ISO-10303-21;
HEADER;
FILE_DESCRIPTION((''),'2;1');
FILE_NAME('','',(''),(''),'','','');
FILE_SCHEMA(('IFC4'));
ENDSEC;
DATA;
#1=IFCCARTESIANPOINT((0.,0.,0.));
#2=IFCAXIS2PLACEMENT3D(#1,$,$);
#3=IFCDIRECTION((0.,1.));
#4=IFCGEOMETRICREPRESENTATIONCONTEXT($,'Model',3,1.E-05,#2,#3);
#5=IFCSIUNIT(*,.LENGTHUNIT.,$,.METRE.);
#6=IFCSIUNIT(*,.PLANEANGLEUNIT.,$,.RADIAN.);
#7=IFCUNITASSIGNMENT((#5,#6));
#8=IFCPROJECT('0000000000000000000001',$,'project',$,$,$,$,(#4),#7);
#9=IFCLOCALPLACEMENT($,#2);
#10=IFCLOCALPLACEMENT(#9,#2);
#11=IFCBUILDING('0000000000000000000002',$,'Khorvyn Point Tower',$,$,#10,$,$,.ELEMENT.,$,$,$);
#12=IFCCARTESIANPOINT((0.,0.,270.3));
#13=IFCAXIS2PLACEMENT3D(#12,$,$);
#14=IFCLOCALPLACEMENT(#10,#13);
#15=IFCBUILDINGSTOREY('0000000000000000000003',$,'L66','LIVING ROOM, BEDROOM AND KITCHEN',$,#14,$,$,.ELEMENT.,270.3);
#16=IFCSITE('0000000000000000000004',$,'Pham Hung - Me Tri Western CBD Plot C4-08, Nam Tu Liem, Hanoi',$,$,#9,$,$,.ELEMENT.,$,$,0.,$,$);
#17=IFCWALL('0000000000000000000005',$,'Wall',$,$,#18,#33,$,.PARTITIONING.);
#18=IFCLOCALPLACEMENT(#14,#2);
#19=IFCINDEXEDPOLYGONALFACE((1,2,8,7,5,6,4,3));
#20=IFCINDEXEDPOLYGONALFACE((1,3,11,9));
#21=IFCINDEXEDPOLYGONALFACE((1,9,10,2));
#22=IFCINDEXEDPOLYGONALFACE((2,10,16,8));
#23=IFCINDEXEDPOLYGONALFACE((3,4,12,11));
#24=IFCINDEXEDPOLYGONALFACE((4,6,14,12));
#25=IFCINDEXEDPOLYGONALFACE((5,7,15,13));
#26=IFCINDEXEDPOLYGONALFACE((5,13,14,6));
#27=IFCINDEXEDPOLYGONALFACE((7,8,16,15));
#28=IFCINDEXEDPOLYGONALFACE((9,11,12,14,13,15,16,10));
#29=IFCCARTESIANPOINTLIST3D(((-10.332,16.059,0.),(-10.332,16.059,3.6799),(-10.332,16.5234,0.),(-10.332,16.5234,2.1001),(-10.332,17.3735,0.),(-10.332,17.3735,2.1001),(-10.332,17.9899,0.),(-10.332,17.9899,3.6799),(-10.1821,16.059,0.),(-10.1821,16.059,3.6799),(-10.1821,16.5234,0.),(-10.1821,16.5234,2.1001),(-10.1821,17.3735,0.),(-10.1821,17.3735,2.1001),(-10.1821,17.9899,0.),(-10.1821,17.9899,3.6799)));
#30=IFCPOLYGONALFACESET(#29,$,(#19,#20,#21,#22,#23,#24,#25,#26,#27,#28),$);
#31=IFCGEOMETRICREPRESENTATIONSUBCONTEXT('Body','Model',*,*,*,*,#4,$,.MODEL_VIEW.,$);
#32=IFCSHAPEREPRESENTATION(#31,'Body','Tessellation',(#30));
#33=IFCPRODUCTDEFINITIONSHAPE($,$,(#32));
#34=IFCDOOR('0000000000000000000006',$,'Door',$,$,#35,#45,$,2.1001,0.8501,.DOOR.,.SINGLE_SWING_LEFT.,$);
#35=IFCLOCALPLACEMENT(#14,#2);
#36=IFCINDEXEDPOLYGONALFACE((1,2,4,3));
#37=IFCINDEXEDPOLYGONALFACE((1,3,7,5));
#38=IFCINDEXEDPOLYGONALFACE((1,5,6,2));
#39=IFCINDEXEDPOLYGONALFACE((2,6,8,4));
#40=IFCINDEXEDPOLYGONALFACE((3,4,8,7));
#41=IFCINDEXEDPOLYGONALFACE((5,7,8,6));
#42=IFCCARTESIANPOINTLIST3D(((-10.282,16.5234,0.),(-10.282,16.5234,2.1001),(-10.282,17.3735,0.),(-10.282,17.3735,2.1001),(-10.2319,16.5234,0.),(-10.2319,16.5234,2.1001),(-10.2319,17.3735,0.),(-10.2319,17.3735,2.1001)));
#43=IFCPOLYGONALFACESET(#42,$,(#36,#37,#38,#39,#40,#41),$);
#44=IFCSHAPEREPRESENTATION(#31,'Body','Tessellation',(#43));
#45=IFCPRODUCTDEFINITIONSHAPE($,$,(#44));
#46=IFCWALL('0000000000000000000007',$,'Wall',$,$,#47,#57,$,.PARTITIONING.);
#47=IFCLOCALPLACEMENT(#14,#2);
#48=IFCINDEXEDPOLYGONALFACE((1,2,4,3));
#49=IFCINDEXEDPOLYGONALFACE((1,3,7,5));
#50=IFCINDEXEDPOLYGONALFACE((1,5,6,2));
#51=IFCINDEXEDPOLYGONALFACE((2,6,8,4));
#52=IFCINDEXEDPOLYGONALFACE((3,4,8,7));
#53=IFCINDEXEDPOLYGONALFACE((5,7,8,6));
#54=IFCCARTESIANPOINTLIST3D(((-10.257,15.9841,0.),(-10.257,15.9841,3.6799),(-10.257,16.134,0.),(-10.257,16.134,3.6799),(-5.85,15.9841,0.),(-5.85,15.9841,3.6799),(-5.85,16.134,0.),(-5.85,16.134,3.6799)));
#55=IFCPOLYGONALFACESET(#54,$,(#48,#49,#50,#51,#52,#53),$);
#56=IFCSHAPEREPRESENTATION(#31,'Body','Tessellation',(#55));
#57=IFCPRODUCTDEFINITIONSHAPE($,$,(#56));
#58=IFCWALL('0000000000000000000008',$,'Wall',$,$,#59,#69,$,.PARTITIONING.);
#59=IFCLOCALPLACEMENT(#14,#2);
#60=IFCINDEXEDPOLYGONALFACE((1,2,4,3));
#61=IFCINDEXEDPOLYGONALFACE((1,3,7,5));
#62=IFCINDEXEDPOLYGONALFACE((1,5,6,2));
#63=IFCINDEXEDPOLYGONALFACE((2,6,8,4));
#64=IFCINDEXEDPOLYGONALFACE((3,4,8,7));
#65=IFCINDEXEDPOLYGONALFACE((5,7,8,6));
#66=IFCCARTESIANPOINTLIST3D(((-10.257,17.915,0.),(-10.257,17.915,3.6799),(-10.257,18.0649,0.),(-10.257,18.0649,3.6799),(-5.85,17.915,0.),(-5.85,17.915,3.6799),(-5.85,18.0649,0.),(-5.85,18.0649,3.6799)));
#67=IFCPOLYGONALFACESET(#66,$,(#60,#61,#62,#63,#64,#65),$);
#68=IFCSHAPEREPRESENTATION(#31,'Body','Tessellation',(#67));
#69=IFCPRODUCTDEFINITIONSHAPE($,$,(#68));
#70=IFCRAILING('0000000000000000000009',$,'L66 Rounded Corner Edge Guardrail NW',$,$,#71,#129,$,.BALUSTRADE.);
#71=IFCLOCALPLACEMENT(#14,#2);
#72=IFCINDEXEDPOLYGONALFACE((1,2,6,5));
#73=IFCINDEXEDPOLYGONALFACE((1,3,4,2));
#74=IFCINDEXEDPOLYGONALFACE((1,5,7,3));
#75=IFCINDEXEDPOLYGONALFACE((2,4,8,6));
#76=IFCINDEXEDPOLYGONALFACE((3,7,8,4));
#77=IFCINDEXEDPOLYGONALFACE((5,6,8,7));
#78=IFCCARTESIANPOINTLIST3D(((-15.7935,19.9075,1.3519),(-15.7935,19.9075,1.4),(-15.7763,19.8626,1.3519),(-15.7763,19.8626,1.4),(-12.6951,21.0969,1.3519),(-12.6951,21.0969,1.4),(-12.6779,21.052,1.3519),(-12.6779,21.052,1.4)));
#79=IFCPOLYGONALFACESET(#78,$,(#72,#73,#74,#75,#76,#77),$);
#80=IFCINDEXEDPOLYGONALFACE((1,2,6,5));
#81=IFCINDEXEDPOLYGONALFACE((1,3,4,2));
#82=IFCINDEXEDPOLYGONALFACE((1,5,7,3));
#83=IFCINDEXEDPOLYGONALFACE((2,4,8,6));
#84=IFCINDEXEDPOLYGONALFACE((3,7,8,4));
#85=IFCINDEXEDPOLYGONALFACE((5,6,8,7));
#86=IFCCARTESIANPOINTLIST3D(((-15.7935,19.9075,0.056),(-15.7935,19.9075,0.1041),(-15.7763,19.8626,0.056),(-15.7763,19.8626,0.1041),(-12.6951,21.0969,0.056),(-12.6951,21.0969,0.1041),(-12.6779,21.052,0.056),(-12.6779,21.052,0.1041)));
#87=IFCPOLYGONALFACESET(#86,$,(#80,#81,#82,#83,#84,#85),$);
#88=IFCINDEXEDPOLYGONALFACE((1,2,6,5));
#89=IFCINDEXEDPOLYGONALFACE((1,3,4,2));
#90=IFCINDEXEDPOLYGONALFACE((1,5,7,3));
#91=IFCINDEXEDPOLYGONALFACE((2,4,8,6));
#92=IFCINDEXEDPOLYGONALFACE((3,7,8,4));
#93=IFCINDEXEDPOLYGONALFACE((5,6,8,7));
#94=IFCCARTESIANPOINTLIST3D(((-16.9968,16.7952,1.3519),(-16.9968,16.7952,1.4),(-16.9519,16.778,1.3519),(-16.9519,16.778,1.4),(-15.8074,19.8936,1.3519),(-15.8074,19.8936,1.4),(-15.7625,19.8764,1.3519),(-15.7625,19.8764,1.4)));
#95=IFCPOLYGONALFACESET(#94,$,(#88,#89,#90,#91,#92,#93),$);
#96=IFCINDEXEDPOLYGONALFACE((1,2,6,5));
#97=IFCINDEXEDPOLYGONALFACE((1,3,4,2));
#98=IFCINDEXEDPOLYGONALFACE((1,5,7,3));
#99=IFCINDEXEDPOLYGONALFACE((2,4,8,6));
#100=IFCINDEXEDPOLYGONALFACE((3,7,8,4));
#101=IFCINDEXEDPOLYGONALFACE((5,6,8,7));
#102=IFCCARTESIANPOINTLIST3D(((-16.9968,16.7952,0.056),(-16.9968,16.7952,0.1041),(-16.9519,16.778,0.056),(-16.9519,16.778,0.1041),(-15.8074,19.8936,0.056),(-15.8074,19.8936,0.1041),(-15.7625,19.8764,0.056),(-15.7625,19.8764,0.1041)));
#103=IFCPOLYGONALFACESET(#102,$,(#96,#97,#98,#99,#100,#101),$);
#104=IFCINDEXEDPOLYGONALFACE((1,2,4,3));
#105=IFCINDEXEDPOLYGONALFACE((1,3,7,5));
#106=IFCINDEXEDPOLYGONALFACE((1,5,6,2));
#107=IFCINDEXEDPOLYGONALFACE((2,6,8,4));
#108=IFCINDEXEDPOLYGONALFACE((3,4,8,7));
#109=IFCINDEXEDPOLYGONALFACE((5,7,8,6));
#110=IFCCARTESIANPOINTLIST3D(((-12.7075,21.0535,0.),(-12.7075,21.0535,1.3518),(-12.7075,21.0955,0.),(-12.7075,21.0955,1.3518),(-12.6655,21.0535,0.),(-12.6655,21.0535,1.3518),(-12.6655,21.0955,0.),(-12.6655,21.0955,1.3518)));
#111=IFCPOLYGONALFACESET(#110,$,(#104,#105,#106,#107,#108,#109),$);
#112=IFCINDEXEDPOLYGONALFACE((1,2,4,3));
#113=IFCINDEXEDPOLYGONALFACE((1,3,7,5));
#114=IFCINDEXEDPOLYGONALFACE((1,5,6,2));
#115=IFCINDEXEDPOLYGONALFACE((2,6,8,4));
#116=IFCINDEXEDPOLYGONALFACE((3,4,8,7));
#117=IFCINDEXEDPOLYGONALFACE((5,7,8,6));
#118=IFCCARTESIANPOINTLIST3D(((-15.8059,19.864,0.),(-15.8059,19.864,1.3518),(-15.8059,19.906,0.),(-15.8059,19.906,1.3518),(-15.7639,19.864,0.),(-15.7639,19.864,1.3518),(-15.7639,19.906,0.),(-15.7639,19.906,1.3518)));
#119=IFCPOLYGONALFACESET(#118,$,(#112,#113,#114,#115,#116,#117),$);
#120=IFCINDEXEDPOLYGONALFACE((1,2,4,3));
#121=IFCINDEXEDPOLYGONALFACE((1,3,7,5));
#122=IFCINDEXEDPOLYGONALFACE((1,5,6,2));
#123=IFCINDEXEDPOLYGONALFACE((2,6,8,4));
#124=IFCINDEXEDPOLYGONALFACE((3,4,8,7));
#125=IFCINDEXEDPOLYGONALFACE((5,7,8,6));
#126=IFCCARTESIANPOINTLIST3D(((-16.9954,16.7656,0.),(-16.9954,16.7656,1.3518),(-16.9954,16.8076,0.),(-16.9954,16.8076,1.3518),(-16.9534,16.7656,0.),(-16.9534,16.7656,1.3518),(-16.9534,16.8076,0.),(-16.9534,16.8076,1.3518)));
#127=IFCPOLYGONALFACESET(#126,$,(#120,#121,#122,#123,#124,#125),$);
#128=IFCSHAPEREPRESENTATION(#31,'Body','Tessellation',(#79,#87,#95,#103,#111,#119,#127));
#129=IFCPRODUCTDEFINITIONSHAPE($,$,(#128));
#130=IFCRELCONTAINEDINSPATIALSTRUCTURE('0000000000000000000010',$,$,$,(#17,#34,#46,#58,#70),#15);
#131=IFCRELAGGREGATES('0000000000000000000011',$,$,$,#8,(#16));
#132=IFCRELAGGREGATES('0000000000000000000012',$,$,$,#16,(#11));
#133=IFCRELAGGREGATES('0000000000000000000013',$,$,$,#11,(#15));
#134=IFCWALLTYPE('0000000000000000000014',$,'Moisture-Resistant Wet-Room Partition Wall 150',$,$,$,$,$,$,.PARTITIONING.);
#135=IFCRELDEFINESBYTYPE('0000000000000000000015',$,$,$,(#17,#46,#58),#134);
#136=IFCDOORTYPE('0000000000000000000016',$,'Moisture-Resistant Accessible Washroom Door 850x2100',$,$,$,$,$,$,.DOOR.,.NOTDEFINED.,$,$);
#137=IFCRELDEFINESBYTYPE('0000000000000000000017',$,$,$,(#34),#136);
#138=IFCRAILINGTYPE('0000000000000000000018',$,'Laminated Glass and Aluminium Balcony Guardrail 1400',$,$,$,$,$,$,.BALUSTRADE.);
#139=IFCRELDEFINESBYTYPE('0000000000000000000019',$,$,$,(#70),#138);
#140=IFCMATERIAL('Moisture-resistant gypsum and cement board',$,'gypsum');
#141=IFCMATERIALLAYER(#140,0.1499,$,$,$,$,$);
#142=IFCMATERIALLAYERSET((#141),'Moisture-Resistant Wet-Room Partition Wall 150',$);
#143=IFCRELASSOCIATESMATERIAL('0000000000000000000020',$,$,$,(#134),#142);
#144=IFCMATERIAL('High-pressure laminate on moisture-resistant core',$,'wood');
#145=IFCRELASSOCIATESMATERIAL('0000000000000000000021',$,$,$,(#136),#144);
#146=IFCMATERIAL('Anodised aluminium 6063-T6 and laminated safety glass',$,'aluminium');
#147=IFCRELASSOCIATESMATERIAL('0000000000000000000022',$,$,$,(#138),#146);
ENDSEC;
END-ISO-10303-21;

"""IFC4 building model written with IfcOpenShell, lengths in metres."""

from ifc_helpers import new_model, si_unit, direction, frame, frame_2d, origin, origin_2d, place, context, subcontext, project, spatial, rectangle, extrude, material, layer, layer_set, type_object, element, fill, save


model = new_model("IFC4")

# Units and contexts
model_context = context("Model", 3, precision=1e-05, world=origin(), true_north=direction((0.0, 1.0)))
body_context = subcontext(model_context, "Body", "Model", "MODEL_VIEW")
ifc_project = project(units=[si_unit("LENGTHUNIT", "METRE"), si_unit("PLANEANGLEUNIT", "RADIAN")], contexts=[model_context])

# Site, building, storey
site_placement = place(None, origin())
site = spatial("IfcSite", under=ifc_project, at=site_placement, Name="Pham Hung - Me Tri Western CBD Plot C4-08, Nam Tu Liem, Hanoi", CompositionType="ELEMENT", RefElevation=0.0)
building_placement = place(site_placement, origin())
building = spatial("IfcBuilding", under=site, at=building_placement, Name="Khorvyn Point Tower", CompositionType="ELEMENT")
storey_placement = place(building_placement, frame((0.0, 0.0, 270.3)))
storey = spatial("IfcBuildingStorey", under=building, at=storey_placement, Name="L66", Description="LIVING ROOM, BEDROOM AND KITCHEN", CompositionType="ELEMENT", Elevation=270.3)

# Wall, opening, door
ifc_material_1 = material(Name="Moisture-resistant gypsum and cement board", Category="gypsum")
ifc_layer_1 = layer(ifc_material_1, 0.1499)
ifc_layer_set_1 = layer_set([ifc_layer_1], Name="Moisture-Resistant Wet-Room Partition Wall 150")
wall_type_1 = type_object("IfcWallType", Name="Moisture-Resistant Wet-Room Partition Wall 150", PredefinedType="PARTITIONING", material=ifc_layer_set_1)
wall_1_placement = place(storey_placement, frame((-10.2571, 16.0591, 0.0), z_axis=(0.0, 0.0, 1.0), x_axis=(0.0, 1.0, 0.0)))
wall_1 = element("IfcWall", 1, at=wall_1_placement, inside=storey, type_object=wall_type_1, Name="Wall", PredefinedType="PARTITIONING", context=body_context, shape_type="SweptSolid", body=[
    extrude(rectangle(XDim=1.9309, YDim=0.1499, at=frame_2d((0.9653, 0.0))), origin(), (0.0, 0.0, 1.0), 3.6799),
])
opening_1_placement = place(wall_1_placement, frame((0.4644, 0.0, 0.0)))
opening_1 = element("IfcOpeningElement", 2, at=opening_1_placement, cuts=wall_1, PredefinedType="OPENING", context=body_context, shape_type="SweptSolid", body=[
    extrude(rectangle(XDim=0.8501, YDim=2.1001, at=frame_2d((0.425, 1.05))), frame((0.0, 0.085, 0.0), z_axis=(0.0, -1.0, 0.0), x_axis=(1.0, 0.0, 0.0)), (0.0, 0.0, 1.0), 0.1699),
])
ifc_material_2 = material(Name="High-pressure laminate on moisture-resistant core", Category="wood")
door_type_1 = type_object("IfcDoorType", Name="Moisture-Resistant Accessible Washroom Door 850x2100", OperationType="NOTDEFINED", PredefinedType="DOOR", material=ifc_material_2)
door_1_placement = place(opening_1_placement, origin())
door_1 = element("IfcDoor", 3, at=door_1_placement, inside=storey, type_object=door_type_1, Name="Door", OperationType="SINGLE_SWING_LEFT", OverallHeight=2.1001, OverallWidth=0.8501, PredefinedType="DOOR", context=body_context, shape_type="SweptSolid", body=[
    extrude(rectangle(XDim=0.8501, YDim=2.1001, at=frame_2d((0.425, 1.05))), frame((0.0, 0.0249, 0.0), z_axis=(0.0, -1.0, 0.0), x_axis=(1.0, 0.0, 0.0)), (0.0, 0.0, 1.0), 0.05),
])
fill(opening_1, door_1)

# Walls
for number, where, z_axis, x_axis, name in (
    (4, (-10.2571, 16.0591, 0.0), (0.0, 0.0, 1.0), (1.0, 0.0, 0.0), "Wall"),
    (5, (-10.2571, 17.99, 0.0), (0.0, 0.0, 1.0), (1.0, 0.0, 0.0), "Wall"),
):
    element("IfcWall", number, at=place(storey_placement, frame(where, z_axis=z_axis, x_axis=x_axis)), inside=storey, type_object=wall_type_1, Name=name, PredefinedType="PARTITIONING", context=body_context, shape_type="SweptSolid", body=[
        extrude(rectangle(XDim=4.407, YDim=0.1499, at=frame_2d((2.2036, 0.0))), origin(), (0.0, 0.0, 1.0), 3.6799),
    ])

# Railing
ifc_material_3 = material(Name="Anodised aluminium 6063-T6 and laminated safety glass", Category="aluminium")
railing_type = type_object("IfcRailingType", Name="Laminated Glass and Aluminium Balcony Guardrail 1400", PredefinedType="BALUSTRADE", material=ifc_material_3)
railing_placement = place(storey_placement, frame((-12.6865, 21.0745, 0.0)))
element("IfcRailing", 6, at=railing_placement, inside=storey, type_object=railing_type, Name="L66 Rounded Corner Edge Guardrail NW", PredefinedType="BALUSTRADE", context=body_context, shape_type="SweptSolid", body=[
    extrude(rectangle(XDim=0.0481, YDim=0.0481, at=origin_2d()), frame((0.0, 0.0, 1.376), z_axis=(-0.933571, -0.358392, 0.0), x_axis=(0.358392, -0.933571, 0.0)), (0.0, 0.0, 1.0), 3.3188),
    extrude(rectangle(XDim=0.0481, YDim=0.0481, at=origin_2d()), frame((0.0, 0.0, 0.0801), z_axis=(-0.933571, -0.358392, 0.0), x_axis=(0.358392, -0.933571, 0.0)), (0.0, 0.0, 1.0), 3.3188),
    extrude(rectangle(XDim=0.0481, YDim=0.0481, at=origin_2d()), frame((-3.0984, -1.1895, 1.376), z_axis=(-0.358392, -0.933571, 0.0), x_axis=(0.933571, -0.358392, 0.0)), (0.0, 0.0, 1.0), 3.3188),
    extrude(rectangle(XDim=0.0481, YDim=0.0481, at=origin_2d()), frame((-3.0984, -1.1895, 0.0801), z_axis=(-0.358392, -0.933571, 0.0), x_axis=(0.933571, -0.358392, 0.0)), (0.0, 0.0, 1.0), 3.3188),
    extrude(rectangle(XDim=0.042, YDim=0.042, at=origin_2d()), origin(), (0.0, 0.0, 1.0), 1.3518),
    extrude(rectangle(XDim=0.042, YDim=0.042, at=origin_2d()), frame((-3.0984, -1.1895, 0.0)), (0.0, 0.0, 1.0), 1.3518),
    extrude(rectangle(XDim=0.042, YDim=0.042, at=origin_2d()), frame((-4.2878, -4.2878, 0.0)), (0.0, 0.0, 1.0), 1.3518),
])

save(model, "model.ifc")
